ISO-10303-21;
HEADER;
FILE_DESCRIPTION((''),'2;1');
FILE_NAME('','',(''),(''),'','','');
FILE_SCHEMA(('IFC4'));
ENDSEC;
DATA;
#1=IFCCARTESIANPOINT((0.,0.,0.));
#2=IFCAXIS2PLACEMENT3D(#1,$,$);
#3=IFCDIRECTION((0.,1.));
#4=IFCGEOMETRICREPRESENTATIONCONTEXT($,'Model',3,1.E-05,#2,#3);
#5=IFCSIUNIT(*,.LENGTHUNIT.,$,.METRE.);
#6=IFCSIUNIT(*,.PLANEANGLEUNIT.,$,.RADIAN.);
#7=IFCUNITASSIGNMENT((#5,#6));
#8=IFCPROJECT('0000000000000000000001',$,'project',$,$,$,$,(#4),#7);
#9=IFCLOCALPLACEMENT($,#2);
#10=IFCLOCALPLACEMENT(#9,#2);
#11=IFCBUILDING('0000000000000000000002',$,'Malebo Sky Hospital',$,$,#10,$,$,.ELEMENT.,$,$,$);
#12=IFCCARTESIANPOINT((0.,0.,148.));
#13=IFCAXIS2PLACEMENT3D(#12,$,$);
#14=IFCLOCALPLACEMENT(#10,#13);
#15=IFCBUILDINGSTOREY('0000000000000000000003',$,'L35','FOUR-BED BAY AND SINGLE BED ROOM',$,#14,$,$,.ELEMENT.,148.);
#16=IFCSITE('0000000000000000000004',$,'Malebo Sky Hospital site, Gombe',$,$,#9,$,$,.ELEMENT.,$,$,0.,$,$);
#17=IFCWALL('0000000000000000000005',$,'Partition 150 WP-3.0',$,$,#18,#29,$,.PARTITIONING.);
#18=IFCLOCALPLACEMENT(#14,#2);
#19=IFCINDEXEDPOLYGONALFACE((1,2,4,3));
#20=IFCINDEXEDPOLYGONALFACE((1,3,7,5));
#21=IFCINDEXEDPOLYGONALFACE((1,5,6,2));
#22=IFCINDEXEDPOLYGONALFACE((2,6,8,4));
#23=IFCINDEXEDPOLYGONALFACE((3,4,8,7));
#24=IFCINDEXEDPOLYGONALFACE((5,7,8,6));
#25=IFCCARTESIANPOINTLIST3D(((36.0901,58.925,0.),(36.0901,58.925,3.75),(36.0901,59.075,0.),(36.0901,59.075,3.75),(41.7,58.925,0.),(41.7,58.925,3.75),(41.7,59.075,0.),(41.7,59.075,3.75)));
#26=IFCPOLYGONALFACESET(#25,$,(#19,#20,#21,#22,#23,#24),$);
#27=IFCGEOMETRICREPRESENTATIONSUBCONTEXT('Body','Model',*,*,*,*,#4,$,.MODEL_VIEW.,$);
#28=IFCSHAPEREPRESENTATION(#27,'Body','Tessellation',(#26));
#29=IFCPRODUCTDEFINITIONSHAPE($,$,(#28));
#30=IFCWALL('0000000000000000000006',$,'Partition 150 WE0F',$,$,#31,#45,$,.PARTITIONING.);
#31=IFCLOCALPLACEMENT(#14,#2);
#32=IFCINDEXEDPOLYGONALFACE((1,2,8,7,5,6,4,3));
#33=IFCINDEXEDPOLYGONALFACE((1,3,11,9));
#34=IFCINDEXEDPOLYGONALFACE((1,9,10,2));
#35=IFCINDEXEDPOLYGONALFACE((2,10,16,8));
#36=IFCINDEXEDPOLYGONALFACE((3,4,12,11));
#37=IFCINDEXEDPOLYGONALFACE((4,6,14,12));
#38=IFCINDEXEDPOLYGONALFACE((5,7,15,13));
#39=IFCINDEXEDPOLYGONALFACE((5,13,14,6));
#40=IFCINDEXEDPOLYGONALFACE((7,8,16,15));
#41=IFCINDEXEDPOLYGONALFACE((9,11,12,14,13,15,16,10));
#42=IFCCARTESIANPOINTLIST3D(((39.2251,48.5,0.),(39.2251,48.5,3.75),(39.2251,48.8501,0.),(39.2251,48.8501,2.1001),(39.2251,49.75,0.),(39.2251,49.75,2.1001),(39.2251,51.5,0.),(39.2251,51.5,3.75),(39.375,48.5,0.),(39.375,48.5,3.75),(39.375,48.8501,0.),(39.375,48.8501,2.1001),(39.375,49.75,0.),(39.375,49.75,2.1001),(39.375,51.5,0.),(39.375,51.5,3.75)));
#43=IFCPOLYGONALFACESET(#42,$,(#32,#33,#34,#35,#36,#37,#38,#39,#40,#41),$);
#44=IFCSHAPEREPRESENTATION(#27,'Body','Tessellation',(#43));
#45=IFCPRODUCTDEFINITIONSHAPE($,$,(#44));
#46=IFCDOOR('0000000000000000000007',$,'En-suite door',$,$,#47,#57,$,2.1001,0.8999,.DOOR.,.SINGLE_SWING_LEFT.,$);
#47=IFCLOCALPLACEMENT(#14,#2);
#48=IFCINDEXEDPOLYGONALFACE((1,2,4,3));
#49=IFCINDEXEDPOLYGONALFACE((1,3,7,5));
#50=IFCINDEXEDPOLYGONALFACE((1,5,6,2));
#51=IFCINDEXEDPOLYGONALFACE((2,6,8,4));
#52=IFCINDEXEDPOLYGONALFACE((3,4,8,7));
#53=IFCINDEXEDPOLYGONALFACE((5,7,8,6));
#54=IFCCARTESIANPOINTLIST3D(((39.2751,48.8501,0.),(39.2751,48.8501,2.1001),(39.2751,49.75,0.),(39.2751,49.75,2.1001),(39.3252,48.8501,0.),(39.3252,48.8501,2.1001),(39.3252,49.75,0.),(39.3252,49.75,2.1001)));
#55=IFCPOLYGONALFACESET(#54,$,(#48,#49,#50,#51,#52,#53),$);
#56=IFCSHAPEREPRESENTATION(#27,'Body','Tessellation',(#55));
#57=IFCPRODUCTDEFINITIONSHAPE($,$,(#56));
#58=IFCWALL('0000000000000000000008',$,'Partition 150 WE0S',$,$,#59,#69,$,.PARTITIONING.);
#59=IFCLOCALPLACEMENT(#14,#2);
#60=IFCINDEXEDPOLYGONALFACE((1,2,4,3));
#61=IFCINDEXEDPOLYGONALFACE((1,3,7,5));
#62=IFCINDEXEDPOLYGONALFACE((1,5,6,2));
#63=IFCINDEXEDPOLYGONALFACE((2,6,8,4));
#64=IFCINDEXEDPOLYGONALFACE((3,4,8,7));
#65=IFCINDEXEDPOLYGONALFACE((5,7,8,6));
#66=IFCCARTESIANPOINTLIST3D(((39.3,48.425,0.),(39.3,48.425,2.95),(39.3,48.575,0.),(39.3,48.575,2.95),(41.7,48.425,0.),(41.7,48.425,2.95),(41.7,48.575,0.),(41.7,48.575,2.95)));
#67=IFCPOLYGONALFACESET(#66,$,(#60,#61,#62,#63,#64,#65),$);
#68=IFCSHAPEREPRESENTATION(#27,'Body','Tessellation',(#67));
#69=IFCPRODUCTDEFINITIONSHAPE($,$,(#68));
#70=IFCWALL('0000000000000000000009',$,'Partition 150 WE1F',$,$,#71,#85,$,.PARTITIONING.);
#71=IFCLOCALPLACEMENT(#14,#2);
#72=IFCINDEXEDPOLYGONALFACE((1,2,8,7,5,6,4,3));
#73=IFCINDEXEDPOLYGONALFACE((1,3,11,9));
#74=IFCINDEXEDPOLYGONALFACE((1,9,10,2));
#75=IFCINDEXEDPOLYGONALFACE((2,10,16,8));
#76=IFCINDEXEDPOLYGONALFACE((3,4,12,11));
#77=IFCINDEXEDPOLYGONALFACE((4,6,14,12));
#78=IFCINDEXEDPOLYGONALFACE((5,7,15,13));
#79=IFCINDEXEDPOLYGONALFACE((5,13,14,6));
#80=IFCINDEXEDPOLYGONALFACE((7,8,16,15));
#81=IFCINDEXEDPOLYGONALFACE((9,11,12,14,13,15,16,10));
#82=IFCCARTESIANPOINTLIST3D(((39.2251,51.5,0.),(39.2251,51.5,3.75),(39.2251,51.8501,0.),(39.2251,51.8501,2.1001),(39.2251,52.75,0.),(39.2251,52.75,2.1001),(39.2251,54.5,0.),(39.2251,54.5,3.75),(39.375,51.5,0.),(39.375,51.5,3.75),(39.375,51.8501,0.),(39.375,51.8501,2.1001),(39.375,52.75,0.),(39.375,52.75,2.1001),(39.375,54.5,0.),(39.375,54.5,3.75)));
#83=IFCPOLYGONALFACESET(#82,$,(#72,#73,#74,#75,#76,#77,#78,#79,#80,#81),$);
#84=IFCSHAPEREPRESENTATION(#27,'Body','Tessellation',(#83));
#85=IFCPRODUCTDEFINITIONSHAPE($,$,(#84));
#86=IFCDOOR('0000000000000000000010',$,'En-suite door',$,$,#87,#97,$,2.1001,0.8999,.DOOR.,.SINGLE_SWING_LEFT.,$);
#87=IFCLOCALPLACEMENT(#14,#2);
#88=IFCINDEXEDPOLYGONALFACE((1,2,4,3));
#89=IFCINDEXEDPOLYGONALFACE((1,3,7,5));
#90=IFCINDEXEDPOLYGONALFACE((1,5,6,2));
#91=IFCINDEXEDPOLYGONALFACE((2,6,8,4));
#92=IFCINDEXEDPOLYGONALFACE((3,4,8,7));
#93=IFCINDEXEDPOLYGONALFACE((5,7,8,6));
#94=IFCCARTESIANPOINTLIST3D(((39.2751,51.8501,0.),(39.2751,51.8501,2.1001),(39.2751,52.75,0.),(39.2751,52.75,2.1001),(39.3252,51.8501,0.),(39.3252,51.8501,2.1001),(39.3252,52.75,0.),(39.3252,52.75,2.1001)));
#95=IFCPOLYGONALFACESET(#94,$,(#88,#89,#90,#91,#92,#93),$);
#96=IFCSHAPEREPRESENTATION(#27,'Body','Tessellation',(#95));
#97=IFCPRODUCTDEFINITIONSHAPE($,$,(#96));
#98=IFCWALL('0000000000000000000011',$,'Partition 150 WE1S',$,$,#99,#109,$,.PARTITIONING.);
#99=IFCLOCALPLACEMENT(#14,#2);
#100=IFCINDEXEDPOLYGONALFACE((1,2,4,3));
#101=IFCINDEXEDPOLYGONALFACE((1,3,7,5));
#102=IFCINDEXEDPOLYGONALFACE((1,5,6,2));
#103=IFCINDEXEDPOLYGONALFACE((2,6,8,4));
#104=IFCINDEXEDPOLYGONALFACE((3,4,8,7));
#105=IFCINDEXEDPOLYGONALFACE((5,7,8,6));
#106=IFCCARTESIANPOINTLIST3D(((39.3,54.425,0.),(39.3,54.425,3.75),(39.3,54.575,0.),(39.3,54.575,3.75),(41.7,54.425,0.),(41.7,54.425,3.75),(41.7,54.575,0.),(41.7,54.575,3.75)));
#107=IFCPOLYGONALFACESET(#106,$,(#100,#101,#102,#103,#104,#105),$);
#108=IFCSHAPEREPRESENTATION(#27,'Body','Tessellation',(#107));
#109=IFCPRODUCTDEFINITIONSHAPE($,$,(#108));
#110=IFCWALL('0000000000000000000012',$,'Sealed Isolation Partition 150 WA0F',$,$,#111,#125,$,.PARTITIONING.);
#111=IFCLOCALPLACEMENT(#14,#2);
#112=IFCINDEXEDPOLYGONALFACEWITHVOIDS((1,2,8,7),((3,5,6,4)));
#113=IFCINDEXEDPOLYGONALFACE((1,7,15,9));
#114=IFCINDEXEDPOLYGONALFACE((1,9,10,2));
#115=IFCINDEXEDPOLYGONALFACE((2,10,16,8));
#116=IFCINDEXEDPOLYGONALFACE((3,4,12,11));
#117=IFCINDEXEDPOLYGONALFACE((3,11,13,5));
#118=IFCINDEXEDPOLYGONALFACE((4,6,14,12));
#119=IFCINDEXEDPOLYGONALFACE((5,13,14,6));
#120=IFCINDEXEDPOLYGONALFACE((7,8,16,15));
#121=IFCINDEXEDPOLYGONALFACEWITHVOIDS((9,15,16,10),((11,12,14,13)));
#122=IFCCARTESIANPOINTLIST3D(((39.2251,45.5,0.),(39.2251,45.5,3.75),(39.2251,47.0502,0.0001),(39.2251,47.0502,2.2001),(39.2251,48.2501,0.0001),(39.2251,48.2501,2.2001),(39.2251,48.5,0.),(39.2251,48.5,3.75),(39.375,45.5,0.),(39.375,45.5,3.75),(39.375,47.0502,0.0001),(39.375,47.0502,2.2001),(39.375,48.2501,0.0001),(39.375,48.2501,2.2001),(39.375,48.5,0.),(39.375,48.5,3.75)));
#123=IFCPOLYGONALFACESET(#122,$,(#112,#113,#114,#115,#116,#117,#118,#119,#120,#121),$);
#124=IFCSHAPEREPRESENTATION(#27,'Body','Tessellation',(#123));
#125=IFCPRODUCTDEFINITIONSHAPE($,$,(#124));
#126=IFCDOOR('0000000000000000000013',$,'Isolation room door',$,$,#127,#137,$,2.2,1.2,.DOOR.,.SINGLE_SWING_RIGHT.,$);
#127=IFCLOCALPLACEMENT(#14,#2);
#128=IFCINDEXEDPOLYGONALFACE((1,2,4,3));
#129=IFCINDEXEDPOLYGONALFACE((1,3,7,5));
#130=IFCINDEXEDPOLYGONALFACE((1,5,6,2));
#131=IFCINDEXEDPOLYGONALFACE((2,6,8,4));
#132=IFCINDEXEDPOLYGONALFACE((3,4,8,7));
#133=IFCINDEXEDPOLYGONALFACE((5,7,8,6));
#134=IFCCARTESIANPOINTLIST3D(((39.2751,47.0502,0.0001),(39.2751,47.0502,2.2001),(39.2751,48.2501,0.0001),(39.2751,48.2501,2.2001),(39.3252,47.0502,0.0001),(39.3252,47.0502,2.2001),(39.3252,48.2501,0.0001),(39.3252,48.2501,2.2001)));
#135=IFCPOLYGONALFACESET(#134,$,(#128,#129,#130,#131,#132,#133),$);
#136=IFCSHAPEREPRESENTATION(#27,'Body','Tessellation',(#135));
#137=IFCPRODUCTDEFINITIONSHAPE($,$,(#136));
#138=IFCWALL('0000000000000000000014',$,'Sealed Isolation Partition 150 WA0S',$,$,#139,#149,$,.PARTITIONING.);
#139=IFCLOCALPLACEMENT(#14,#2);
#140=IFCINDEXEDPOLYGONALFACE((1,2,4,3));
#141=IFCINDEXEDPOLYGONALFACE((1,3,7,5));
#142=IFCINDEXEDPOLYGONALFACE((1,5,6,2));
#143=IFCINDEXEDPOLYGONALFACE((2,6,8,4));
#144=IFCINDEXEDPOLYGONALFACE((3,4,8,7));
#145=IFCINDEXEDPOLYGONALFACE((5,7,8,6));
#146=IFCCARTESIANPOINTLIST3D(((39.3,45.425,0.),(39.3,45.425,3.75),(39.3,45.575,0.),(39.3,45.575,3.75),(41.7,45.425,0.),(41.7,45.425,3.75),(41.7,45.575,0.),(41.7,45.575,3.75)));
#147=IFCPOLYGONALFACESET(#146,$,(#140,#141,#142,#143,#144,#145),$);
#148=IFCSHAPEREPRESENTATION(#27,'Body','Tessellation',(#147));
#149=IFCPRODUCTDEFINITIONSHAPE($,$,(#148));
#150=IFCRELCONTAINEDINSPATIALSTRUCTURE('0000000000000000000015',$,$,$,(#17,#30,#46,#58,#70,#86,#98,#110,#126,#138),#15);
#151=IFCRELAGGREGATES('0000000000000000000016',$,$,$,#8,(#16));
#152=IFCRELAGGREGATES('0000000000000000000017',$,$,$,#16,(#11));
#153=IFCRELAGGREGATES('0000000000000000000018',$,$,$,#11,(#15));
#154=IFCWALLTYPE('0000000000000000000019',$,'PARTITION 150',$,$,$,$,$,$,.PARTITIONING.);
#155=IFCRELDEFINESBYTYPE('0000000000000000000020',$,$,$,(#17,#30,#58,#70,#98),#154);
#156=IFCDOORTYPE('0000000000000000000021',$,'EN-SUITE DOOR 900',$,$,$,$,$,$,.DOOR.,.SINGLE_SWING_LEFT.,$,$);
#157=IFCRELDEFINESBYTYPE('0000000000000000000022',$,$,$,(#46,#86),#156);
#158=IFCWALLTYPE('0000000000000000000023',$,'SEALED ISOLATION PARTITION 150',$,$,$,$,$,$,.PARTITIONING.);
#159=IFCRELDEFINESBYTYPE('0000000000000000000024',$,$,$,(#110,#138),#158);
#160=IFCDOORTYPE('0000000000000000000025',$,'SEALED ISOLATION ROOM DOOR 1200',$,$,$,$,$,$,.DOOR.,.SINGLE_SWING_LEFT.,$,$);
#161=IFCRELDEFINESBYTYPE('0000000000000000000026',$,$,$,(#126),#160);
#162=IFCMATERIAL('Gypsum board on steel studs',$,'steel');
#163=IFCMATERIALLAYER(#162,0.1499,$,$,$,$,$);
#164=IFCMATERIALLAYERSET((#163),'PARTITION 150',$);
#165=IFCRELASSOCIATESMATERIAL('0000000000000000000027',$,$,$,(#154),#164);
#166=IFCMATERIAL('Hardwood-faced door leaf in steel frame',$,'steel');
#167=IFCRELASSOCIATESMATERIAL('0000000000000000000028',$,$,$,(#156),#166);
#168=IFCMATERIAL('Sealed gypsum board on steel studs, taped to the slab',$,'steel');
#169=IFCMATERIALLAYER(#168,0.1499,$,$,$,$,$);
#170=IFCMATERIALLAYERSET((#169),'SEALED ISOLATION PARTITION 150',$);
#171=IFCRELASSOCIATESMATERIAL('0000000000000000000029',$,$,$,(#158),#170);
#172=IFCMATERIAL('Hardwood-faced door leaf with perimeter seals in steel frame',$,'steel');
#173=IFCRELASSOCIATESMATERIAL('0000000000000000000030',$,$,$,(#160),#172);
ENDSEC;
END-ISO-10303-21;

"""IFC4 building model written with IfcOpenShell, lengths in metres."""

from ifc_helpers import new_model, si_unit, direction, frame, frame_2d, origin, place, context, subcontext, project, spatial, rectangle, extrude, material, layer, layer_set, type_object, element, fill, save


model = new_model("IFC4")

# Units and contexts
model_context = context("Model", 3, precision=1e-05, world=origin(), true_north=direction((0.0, 1.0)))
body_context = subcontext(model_context, "Body", "Model", "MODEL_VIEW")
ifc_project = project(units=[si_unit("LENGTHUNIT", "METRE"), si_unit("PLANEANGLEUNIT", "RADIAN")], contexts=[model_context])

# Site, building, storey
site_placement = place(None, origin())
site = spatial("IfcSite", under=ifc_project, at=site_placement, Name="Malebo Sky Hospital site, Gombe", CompositionType="ELEMENT", RefElevation=0.0)
building_placement = place(site_placement, origin())
building = spatial("IfcBuilding", under=site, at=building_placement, Name="Malebo Sky Hospital", CompositionType="ELEMENT")
storey_placement = place(building_placement, frame((0.0, 0.0, 148.0)))
storey = spatial("IfcBuildingStorey", under=building, at=storey_placement, Name="L35", Description="FOUR-BED BAY AND SINGLE BED ROOM", CompositionType="ELEMENT", Elevation=148.0)

# Shared definitions
ifc_material_1 = material(Name="Gypsum board on steel studs", Category="steel")
ifc_material_2 = material(Name="Hardwood-faced door leaf in steel frame", Category="steel")

# Wall
ifc_layer_1 = layer(ifc_material_1, 0.1499)
ifc_layer_set_1 = layer_set([ifc_layer_1], Name="PARTITION 150")
wall_type_1 = type_object("IfcWallType", Name="PARTITION 150", PredefinedType="PARTITIONING", material=ifc_layer_set_1)
for number, where, z_axis, x_axis, name in (
    (1, (41.7, 59.0, 0.0), (0.0, 0.0, 1.0), (-1.0, 0.0, 0.0), "Partition 150 WP-3.0"),
):
    element("IfcWall", number, at=place(storey_placement, frame(where, z_axis=z_axis, x_axis=x_axis)), inside=storey, type_object=wall_type_1, Name=name, PredefinedType="PARTITIONING", context=body_context, shape_type="SweptSolid", body=[
        extrude(rectangle(XDim=5.6099, YDim=0.1499, at=frame_2d((2.8049, 0.0))), origin(), (0.0, 0.0, 1.0), 3.75),
    ])

# Wall, opening, door
wall_1_placement = place(storey_placement, frame((39.3, 48.5, 0.0), z_axis=(0.0, 0.0, 1.0), x_axis=(0.0, 1.0, 0.0)))
wall_1 = element("IfcWall", 2, at=wall_1_placement, inside=storey, type_object=wall_type_1, Name="Partition 150 WE0F", PredefinedType="PARTITIONING", context=body_context, shape_type="SweptSolid", body=[
    extrude(rectangle(XDim=3.0, YDim=0.1499, at=frame_2d((1.5, 0.0))), origin(), (0.0, 0.0, 1.0), 3.75),
])
opening_1_placement = place(wall_1_placement, frame((0.3501, 0.0, 0.0)))
opening_1 = element("IfcOpeningElement", 3, at=opening_1_placement, cuts=wall_1, PredefinedType="OPENING", context=body_context, shape_type="SweptSolid", body=[
    extrude(rectangle(XDim=0.8999, YDim=2.1001, at=frame_2d((0.45, 1.05))), frame((0.0, 0.085, 0.0), z_axis=(0.0, -1.0, 0.0), x_axis=(1.0, 0.0, 0.0)), (0.0, 0.0, 1.0), 0.1699),
])
door_type_1 = type_object("IfcDoorType", Name="EN-SUITE DOOR 900", OperationType="SINGLE_SWING_LEFT", PredefinedType="DOOR", material=ifc_material_2)
door_1_placement = place(opening_1_placement, origin())
door_1 = element("IfcDoor", 4, at=door_1_placement, inside=storey, type_object=door_type_1, Name="En-suite door", OperationType="SINGLE_SWING_LEFT", OverallHeight=2.1001, OverallWidth=0.8999, PredefinedType="DOOR", context=body_context, shape_type="SweptSolid", body=[
    extrude(rectangle(XDim=0.8999, YDim=2.1001, at=frame_2d((0.45, 1.05))), frame((0.0, 0.0249, 0.0), z_axis=(0.0, -1.0, 0.0), x_axis=(1.0, 0.0, 0.0)), (0.0, 0.0, 1.0), 0.05),
])
fill(opening_1, door_1)

# Wall
wall_2_placement = place(storey_placement, frame((41.7, 48.5, 0.0), z_axis=(0.0, 0.0, 1.0), x_axis=(-1.0, 0.0, 0.0)))
element("IfcWall", 5, at=wall_2_placement, inside=storey, type_object=wall_type_1, Name="Partition 150 WE0S", PredefinedType="PARTITIONING", context=body_context, shape_type="SweptSolid", body=[
    extrude(rectangle(XDim=2.3999, YDim=0.1499, at=frame_2d((1.2, 0.0))), origin(), (0.0, 0.0, 1.0), 2.95),
])

# Wall, opening, door
wall_3_placement = place(storey_placement, frame((39.3, 51.5, 0.0), z_axis=(0.0, 0.0, 1.0), x_axis=(0.0, 1.0, 0.0)))
wall_3 = element("IfcWall", 6, at=wall_3_placement, inside=storey, type_object=wall_type_1, Name="Partition 150 WE1F", PredefinedType="PARTITIONING", context=body_context, shape_type="SweptSolid", body=[
    extrude(rectangle(XDim=3.0, YDim=0.1499, at=frame_2d((1.5, 0.0))), origin(), (0.0, 0.0, 1.0), 3.75),
])
opening_2_placement = place(wall_3_placement, frame((0.3501, 0.0, 0.0)))
opening_2 = element("IfcOpeningElement", 7, at=opening_2_placement, cuts=wall_3, PredefinedType="OPENING", context=body_context, shape_type="SweptSolid", body=[
    extrude(rectangle(XDim=0.8999, YDim=2.1001, at=frame_2d((0.45, 1.05))), frame((0.0, 0.085, 0.0), z_axis=(0.0, -1.0, 0.0), x_axis=(1.0, 0.0, 0.0)), (0.0, 0.0, 1.0), 0.1699),
])
door_2_placement = place(opening_2_placement, origin())
door_2 = element("IfcDoor", 8, at=door_2_placement, inside=storey, type_object=door_type_1, Name="En-suite door", OperationType="SINGLE_SWING_LEFT", OverallHeight=2.1001, OverallWidth=0.8999, PredefinedType="DOOR", context=body_context, shape_type="SweptSolid", body=[
    extrude(rectangle(XDim=0.8999, YDim=2.1001, at=frame_2d((0.45, 1.05))), frame((0.0, 0.0249, 0.0), z_axis=(0.0, -1.0, 0.0), x_axis=(1.0, 0.0, 0.0)), (0.0, 0.0, 1.0), 0.05),
])
fill(opening_2, door_2)

# Wall
wall_4_placement = place(storey_placement, frame((41.7, 54.5, 0.0), z_axis=(0.0, 0.0, 1.0), x_axis=(-1.0, 0.0, 0.0)))
element("IfcWall", 9, at=wall_4_placement, inside=storey, type_object=wall_type_1, Name="Partition 150 WE1S", PredefinedType="PARTITIONING", context=body_context, shape_type="SweptSolid", body=[
    extrude(rectangle(XDim=2.3999, YDim=0.1499, at=frame_2d((1.2, 0.0))), origin(), (0.0, 0.0, 1.0), 3.75),
])

# Wall, opening, door
ifc_material_3 = material(Name="Sealed gypsum board on steel studs, taped to the slab", Category="steel")
ifc_layer_2 = layer(ifc_material_3, 0.1499)
ifc_layer_set_2 = layer_set([ifc_layer_2], Name="SEALED ISOLATION PARTITION 150")
wall_type_2 = type_object("IfcWallType", Name="SEALED ISOLATION PARTITION 150", PredefinedType="PARTITIONING", material=ifc_layer_set_2)
wall_5_placement = place(storey_placement, frame((39.3, 45.5, 0.0), z_axis=(0.0, 0.0, 1.0), x_axis=(0.0, 1.0, 0.0)))
wall_5 = element("IfcWall", 10, at=wall_5_placement, inside=storey, type_object=wall_type_2, Name="Sealed Isolation Partition 150 WA0F", PredefinedType="PARTITIONING", context=body_context, shape_type="SweptSolid", body=[
    extrude(rectangle(XDim=3.0, YDim=0.1499, at=frame_2d((1.5, 0.0))), origin(), (0.0, 0.0, 1.0), 3.75),
])
opening_3_placement = place(wall_5_placement, frame((1.55, 0.0, 0.0)))
opening_3 = element("IfcOpeningElement", 11, at=opening_3_placement, cuts=wall_5, PredefinedType="OPENING", context=body_context, shape_type="SweptSolid", body=[
    extrude(rectangle(XDim=1.2, YDim=2.2, at=frame_2d((0.6001, 1.1001))), frame((0.0, 0.085, 0.0), z_axis=(0.0, -1.0, 0.0), x_axis=(1.0, 0.0, 0.0)), (0.0, 0.0, 1.0), 0.1699),
])
ifc_material_4 = material(Name="Hardwood-faced door leaf with perimeter seals in steel frame", Category="steel")
door_type_2 = type_object("IfcDoorType", Name="SEALED ISOLATION ROOM DOOR 1200", OperationType="SINGLE_SWING_LEFT", PredefinedType="DOOR", material=ifc_material_4)
door_3_placement = place(opening_3_placement, origin())
door_3 = element("IfcDoor", 12, at=door_3_placement, inside=storey, type_object=door_type_2, Name="Isolation room door", OperationType="SINGLE_SWING_RIGHT", OverallHeight=2.2, OverallWidth=1.2, PredefinedType="DOOR", context=body_context, shape_type="SweptSolid", body=[
    extrude(rectangle(XDim=1.2, YDim=2.2, at=frame_2d((0.6001, 1.1001))), frame((0.0, 0.0249, 0.0), z_axis=(0.0, -1.0, 0.0), x_axis=(1.0, 0.0, 0.0)), (0.0, 0.0, 1.0), 0.05),
])
fill(opening_3, door_3)

# Wall
wall_6_placement = place(storey_placement, frame((41.7, 45.5, 0.0), z_axis=(0.0, 0.0, 1.0), x_axis=(-1.0, 0.0, 0.0)))
element("IfcWall", 13, at=wall_6_placement, inside=storey, type_object=wall_type_2, Name="Sealed Isolation Partition 150 WA0S", PredefinedType="PARTITIONING", context=body_context, shape_type="SweptSolid", body=[
    extrude(rectangle(XDim=2.3999, YDim=0.1499, at=frame_2d((1.2, 0.0))), origin(), (0.0, 0.0, 1.0), 3.75),
])

save(model, "model.ifc")
